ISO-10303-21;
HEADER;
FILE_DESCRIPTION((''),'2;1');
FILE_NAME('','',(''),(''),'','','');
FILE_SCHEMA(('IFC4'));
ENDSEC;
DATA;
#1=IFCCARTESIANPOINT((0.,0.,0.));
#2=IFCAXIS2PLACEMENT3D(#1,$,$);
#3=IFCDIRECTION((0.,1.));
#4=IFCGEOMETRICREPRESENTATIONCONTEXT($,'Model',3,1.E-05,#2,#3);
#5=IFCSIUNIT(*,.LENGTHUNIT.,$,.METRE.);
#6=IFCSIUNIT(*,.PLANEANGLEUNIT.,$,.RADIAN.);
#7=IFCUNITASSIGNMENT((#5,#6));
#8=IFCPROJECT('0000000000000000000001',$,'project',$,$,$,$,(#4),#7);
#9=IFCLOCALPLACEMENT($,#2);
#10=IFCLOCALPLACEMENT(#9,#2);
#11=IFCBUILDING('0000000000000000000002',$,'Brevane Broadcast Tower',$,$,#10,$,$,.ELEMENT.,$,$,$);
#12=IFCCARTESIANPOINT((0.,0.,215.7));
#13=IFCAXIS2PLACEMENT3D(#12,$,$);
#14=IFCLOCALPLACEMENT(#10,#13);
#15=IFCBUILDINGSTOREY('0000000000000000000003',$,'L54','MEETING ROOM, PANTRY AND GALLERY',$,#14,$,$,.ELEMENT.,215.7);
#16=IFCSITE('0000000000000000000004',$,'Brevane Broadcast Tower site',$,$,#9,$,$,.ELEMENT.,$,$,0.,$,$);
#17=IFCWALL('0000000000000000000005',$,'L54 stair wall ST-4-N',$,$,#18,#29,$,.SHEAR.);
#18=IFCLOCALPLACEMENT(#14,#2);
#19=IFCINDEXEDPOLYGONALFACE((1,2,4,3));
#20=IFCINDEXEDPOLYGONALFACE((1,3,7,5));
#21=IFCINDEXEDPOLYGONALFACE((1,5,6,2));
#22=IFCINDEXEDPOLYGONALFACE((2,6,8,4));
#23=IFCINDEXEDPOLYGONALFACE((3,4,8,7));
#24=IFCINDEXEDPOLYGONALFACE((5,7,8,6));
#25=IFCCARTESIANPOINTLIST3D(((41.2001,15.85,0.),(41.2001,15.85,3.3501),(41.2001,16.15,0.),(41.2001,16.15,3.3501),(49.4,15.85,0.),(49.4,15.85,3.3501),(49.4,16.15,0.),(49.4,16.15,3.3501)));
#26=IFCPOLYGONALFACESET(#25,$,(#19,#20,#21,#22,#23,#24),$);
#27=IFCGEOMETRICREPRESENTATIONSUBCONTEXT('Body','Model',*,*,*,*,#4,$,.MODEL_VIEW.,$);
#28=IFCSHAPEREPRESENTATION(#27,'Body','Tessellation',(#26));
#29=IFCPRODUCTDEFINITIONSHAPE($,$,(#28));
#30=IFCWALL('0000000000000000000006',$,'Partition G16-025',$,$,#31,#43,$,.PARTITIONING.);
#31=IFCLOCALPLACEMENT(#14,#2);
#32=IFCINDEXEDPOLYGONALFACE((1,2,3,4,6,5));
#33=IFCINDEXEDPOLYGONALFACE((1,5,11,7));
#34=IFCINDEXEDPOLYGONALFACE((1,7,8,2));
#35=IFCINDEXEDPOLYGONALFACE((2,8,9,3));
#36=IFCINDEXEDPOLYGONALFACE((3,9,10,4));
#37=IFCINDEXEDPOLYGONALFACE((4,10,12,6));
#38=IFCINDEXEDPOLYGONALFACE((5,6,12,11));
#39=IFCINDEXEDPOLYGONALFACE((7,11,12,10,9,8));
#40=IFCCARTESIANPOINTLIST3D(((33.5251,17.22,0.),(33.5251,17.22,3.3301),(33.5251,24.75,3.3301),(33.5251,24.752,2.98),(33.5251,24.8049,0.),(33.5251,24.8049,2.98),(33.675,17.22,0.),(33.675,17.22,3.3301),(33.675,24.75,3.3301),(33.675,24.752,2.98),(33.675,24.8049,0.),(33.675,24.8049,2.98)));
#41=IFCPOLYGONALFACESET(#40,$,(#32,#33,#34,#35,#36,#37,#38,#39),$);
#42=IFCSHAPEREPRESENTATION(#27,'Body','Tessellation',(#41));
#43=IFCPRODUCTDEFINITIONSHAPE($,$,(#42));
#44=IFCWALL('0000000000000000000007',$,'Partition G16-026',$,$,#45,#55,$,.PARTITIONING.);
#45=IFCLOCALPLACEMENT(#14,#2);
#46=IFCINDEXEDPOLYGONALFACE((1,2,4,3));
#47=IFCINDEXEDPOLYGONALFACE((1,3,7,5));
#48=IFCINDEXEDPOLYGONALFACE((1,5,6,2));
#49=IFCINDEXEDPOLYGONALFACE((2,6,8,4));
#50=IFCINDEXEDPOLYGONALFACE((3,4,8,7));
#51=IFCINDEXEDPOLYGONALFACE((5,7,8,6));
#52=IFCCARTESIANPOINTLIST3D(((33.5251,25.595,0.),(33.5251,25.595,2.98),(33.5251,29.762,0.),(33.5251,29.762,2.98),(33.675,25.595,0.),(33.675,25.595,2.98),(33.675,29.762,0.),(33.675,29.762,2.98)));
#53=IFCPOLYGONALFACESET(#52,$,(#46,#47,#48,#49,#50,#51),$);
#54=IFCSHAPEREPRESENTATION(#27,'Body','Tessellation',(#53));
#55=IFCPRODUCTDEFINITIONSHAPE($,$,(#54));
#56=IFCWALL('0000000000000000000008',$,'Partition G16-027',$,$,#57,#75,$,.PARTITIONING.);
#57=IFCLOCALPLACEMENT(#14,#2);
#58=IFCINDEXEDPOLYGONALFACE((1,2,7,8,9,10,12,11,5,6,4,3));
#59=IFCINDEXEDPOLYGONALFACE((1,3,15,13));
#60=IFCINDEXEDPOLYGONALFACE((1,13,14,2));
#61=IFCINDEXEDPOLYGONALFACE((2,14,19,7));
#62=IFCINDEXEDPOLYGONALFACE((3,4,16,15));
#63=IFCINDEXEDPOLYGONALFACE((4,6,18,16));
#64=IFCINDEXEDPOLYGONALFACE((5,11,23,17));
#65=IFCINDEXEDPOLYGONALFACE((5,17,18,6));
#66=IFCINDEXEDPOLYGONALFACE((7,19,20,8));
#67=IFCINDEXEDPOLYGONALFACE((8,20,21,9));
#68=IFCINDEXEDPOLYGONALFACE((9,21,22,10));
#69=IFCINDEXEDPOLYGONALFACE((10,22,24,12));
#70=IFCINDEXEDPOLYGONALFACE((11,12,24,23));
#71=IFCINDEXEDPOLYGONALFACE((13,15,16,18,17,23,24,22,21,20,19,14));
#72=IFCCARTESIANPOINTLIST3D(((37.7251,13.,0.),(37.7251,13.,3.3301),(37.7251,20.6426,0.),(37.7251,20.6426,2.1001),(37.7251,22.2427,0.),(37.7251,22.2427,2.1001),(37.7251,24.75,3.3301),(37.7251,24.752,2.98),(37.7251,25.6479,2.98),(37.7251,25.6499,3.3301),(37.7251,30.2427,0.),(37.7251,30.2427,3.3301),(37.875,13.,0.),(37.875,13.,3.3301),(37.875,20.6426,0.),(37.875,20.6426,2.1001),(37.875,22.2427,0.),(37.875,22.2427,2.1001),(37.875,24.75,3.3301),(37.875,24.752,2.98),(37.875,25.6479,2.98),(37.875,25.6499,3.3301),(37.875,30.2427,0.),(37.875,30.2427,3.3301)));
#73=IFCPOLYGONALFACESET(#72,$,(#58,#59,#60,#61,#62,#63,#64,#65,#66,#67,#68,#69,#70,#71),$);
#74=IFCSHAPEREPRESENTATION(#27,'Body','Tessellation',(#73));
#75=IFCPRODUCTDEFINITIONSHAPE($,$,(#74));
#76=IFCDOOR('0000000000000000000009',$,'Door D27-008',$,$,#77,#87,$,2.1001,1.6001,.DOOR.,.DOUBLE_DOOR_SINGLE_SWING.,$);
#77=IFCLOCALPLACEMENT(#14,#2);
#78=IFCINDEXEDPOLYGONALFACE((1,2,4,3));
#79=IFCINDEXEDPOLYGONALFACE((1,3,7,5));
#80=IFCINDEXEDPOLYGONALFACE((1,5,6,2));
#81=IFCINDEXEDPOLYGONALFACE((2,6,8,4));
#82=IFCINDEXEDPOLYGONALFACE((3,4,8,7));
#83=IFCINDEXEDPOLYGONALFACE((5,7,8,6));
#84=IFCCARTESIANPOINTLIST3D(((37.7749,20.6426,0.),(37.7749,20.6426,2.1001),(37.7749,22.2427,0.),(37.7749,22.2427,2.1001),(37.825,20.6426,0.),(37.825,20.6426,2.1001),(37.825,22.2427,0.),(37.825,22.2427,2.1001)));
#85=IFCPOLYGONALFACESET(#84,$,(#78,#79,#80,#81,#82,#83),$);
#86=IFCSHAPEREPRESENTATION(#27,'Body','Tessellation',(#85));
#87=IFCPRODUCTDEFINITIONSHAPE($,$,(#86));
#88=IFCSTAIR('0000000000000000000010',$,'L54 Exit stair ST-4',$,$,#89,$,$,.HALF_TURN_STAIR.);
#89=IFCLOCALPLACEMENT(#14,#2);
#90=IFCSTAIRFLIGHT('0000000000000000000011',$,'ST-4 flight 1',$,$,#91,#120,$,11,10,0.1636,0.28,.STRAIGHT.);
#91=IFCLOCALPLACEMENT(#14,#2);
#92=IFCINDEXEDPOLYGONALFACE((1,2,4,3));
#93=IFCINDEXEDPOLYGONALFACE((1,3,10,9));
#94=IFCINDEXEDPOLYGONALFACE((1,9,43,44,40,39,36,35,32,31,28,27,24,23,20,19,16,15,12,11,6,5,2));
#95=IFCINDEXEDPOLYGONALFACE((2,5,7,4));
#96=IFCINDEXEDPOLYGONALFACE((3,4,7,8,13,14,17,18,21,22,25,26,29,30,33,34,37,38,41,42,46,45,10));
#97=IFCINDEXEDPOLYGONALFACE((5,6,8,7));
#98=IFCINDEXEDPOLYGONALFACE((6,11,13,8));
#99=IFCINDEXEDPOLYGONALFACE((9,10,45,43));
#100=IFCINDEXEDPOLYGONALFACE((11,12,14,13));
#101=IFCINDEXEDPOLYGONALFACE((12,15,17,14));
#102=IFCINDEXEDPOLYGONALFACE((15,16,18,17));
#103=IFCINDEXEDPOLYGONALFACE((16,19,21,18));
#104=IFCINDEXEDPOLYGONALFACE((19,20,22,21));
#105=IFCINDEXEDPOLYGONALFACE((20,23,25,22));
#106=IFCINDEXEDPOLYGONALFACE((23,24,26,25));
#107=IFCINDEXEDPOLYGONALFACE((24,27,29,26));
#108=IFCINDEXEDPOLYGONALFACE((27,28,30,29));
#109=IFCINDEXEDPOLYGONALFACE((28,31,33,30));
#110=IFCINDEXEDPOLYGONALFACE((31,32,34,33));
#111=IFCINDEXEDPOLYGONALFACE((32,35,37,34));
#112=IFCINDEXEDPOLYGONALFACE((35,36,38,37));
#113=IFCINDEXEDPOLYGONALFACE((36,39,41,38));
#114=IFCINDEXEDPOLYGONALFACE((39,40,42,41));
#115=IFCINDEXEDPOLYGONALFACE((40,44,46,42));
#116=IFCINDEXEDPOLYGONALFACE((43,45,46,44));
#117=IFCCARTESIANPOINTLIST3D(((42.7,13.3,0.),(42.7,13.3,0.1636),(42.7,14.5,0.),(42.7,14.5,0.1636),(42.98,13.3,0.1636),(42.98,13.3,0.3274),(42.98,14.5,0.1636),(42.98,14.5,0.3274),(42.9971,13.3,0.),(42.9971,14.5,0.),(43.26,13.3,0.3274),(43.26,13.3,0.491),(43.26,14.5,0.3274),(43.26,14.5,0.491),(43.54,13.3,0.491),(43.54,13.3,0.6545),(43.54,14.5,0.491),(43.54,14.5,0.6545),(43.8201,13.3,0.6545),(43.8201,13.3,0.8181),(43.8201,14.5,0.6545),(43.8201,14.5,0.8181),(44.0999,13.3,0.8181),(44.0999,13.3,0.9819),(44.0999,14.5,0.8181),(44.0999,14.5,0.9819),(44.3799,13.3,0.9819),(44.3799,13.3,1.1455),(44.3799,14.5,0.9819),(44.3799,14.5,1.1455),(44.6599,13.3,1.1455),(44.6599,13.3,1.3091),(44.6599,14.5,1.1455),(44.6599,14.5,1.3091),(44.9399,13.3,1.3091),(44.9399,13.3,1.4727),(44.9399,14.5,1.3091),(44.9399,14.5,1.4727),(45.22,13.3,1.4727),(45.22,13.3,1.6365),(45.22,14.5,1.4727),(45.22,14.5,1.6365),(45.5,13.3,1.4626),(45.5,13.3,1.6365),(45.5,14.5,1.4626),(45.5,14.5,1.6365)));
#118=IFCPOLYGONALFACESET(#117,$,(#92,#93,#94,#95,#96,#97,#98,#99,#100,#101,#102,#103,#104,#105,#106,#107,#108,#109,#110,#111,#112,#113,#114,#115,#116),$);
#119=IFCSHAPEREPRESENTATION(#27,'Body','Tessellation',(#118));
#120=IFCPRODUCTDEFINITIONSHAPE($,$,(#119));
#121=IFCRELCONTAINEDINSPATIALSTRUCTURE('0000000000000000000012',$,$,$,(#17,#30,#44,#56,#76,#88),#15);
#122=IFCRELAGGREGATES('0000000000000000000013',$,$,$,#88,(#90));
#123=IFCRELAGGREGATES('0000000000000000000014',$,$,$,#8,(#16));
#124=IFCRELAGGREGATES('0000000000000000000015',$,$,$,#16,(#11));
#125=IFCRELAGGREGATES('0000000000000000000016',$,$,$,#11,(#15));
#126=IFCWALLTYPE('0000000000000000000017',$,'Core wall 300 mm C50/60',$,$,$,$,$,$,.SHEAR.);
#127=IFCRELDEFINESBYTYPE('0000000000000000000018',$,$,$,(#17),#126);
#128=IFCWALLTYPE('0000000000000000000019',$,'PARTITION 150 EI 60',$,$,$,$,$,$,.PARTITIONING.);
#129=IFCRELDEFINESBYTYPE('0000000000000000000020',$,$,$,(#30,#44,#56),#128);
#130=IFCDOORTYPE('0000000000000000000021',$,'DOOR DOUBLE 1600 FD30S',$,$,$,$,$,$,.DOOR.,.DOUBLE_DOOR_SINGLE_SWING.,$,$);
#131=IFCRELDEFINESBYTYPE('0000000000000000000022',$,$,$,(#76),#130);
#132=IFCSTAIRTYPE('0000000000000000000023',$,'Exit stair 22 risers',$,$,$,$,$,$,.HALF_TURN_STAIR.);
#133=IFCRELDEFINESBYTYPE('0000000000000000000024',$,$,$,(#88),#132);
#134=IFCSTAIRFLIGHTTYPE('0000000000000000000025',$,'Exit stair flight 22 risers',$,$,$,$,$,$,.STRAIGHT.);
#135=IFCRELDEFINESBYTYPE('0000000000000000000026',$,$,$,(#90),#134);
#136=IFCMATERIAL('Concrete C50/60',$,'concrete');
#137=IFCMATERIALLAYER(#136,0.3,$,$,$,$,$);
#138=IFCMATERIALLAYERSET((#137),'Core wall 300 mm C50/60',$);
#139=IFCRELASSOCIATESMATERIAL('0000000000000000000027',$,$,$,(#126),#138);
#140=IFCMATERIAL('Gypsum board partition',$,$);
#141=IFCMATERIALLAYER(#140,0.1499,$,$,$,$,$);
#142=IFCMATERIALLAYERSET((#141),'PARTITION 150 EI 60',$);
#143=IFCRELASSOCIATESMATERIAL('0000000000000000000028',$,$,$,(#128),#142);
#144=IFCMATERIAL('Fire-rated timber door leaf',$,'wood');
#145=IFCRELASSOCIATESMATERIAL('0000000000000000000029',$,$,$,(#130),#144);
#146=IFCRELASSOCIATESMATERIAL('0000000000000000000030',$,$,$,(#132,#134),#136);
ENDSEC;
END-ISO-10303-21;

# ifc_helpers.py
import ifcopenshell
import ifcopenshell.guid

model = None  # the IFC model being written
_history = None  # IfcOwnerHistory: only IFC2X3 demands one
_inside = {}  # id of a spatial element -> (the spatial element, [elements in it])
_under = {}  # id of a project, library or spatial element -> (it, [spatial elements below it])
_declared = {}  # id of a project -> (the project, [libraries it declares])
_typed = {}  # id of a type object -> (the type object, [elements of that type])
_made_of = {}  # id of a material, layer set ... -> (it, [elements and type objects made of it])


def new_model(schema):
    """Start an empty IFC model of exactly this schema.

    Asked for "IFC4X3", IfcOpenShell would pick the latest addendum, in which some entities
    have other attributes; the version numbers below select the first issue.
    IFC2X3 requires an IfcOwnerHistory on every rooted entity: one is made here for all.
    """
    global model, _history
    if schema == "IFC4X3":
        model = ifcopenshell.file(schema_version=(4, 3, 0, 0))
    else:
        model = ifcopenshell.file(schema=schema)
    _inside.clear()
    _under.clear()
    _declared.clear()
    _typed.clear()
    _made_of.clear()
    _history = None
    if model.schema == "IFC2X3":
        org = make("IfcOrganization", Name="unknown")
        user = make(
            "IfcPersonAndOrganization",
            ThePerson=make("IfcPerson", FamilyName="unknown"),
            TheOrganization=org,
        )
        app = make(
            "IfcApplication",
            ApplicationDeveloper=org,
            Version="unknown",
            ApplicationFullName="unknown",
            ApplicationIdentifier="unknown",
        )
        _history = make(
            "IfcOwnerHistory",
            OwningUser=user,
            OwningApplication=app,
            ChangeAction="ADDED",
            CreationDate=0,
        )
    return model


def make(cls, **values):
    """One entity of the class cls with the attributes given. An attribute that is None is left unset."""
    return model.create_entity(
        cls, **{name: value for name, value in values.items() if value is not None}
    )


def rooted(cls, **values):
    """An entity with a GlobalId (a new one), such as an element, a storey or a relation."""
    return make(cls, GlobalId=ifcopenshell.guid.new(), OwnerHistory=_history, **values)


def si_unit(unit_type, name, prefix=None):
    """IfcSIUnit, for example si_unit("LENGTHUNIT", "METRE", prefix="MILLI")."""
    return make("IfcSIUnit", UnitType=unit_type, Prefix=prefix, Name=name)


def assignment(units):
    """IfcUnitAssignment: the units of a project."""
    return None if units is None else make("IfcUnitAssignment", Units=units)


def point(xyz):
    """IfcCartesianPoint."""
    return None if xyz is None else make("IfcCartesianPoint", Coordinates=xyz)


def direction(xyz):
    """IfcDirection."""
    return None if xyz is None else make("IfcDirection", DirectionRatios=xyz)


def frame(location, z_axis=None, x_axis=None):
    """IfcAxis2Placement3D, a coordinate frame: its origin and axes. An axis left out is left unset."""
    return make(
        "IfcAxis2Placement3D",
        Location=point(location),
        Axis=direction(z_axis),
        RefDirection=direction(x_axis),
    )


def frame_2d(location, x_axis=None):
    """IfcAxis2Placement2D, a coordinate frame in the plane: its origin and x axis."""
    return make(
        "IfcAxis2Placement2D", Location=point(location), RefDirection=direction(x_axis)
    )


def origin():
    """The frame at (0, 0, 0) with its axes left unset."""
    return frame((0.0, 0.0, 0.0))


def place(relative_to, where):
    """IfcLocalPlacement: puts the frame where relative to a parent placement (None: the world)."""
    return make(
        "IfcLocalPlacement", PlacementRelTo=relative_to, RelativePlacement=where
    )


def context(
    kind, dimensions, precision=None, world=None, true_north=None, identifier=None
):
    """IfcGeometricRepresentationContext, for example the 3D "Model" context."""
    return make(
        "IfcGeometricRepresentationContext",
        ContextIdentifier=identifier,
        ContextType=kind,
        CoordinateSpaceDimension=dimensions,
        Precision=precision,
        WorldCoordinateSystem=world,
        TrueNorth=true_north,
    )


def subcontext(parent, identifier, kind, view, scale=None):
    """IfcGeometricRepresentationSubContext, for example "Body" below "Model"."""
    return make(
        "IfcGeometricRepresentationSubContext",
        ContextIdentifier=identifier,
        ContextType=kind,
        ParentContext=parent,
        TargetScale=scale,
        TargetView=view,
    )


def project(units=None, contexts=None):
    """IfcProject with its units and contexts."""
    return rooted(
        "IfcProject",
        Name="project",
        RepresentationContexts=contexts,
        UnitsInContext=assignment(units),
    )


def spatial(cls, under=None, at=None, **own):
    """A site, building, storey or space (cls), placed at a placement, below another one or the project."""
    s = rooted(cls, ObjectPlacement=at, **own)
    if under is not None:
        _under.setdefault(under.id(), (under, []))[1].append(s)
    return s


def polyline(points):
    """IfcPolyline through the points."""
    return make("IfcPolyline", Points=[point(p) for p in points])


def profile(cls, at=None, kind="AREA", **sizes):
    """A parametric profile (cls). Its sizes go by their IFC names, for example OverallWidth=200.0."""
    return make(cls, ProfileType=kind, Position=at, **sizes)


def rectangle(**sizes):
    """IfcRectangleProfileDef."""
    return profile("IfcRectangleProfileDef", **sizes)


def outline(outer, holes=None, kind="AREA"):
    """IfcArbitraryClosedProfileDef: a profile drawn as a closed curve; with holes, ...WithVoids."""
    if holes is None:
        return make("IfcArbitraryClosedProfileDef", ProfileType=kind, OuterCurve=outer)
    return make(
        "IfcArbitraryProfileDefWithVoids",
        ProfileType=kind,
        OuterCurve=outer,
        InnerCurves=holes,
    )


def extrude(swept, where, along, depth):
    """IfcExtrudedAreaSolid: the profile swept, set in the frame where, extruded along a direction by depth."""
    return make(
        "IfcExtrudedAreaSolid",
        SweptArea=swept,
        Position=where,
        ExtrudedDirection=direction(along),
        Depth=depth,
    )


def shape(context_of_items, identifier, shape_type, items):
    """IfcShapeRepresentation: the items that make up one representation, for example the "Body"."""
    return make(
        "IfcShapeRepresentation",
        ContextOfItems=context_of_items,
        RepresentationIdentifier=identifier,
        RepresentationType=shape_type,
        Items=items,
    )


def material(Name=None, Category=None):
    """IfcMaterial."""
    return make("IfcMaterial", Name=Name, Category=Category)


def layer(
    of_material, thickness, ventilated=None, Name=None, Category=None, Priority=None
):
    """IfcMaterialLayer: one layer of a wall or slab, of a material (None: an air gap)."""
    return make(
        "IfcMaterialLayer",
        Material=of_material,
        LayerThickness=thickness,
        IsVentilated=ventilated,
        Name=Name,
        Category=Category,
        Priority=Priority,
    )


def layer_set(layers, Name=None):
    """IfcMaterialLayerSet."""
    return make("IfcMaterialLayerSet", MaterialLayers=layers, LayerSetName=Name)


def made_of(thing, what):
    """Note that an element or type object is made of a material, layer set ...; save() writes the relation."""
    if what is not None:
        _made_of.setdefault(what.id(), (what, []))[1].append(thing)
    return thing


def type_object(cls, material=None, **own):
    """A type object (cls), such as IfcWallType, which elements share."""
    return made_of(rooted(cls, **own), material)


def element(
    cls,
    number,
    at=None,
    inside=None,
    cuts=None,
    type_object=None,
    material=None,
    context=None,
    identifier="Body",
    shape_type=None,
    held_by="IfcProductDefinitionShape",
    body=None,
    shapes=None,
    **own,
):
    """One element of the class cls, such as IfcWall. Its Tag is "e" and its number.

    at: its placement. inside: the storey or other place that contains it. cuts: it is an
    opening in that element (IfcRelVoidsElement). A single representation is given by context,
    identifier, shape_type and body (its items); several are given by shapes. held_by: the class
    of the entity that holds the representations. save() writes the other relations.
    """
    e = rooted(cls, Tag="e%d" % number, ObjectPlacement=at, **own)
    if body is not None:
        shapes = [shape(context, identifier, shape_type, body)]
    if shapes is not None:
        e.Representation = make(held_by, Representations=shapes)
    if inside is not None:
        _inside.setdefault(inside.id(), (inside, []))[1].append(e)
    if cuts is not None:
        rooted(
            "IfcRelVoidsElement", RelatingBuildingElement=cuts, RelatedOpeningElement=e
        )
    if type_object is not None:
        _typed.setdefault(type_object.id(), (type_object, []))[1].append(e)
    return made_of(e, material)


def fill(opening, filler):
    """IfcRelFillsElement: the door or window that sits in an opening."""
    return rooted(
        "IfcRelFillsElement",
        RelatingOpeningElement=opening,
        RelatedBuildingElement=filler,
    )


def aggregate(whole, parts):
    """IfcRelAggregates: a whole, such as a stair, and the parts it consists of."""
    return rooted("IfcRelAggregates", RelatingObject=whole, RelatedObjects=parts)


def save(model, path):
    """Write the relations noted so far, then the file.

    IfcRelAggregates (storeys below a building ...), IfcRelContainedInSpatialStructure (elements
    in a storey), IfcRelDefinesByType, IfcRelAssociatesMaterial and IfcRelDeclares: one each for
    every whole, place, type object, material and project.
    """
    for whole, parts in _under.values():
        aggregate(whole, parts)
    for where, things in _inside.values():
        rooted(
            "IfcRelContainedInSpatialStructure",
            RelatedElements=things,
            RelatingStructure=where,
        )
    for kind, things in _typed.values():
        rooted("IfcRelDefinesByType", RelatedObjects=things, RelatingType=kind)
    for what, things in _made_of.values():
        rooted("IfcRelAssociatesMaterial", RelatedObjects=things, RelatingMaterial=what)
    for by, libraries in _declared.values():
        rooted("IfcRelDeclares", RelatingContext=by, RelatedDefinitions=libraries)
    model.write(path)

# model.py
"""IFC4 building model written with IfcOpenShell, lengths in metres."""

from ifc_helpers import new_model, si_unit, direction, frame, frame_2d, origin, place, context, subcontext, project, spatial, polyline, rectangle, outline, extrude, material, layer, layer_set, type_object, element, fill, aggregate, save


model = new_model("IFC4")

# Units and contexts
model_context = context("Model", 3, precision=1e-05, world=origin(), true_north=direction((0.0, 1.0)))
body_context = subcontext(model_context, "Body", "Model", "MODEL_VIEW")
ifc_project = project(units=[si_unit("LENGTHUNIT", "METRE"), si_unit("PLANEANGLEUNIT", "RADIAN")], contexts=[model_context])

# Site, building, storey
site_placement = place(None, origin())
site = spatial("IfcSite", under=ifc_project, at=site_placement, Name="Brevane Broadcast Tower site", CompositionType="ELEMENT", RefElevation=0.0)
building_placement = place(site_placement, origin())
building = spatial("IfcBuilding", under=site, at=building_placement, Name="Brevane Broadcast Tower", CompositionType="ELEMENT")
storey_placement = place(building_placement, frame((0.0, 0.0, 215.7)))
storey = spatial("IfcBuildingStorey", under=building, at=storey_placement, Name="L54", Description="MEETING ROOM, PANTRY AND GALLERY", CompositionType="ELEMENT", Elevation=215.7)

# Shared definitions
ifc_material_1 = material(Name="Concrete C50/60", Category="concrete")

# Walls
ifc_layer_1 = layer(ifc_material_1, 0.3)
ifc_layer_set_1 = layer_set([ifc_layer_1], Name="Core wall 300 mm C50/60")
wall_type_1 = type_object("IfcWallType", Name="Core wall 300 mm C50/60", PredefinedType="SHEAR", material=ifc_layer_set_1)
wall_1_placement = place(storey_placement, frame((41.2, 16.0, 0.0), z_axis=(0.0, 0.0, 1.0), x_axis=(1.0, 0.0, 0.0)))
element("IfcWall", 1, at=wall_1_placement, inside=storey, type_object=wall_type_1, Name="L54 stair wall ST-4-N", PredefinedType="SHEAR", context=body_context, shape_type="SweptSolid", body=[
    extrude(rectangle(XDim=8.2, YDim=0.3, at=frame_2d((4.1001, 0.0))), origin(), (0.0, 0.0, 1.0), 3.3501),
])
ifc_material_2 = material(Name="Gypsum board partition")
ifc_layer_2 = layer(ifc_material_2, 0.1499)
ifc_layer_set_2 = layer_set([ifc_layer_2], Name="PARTITION 150 EI 60")
wall_type_2 = type_object("IfcWallType", Name="PARTITION 150 EI 60", PredefinedType="PARTITIONING", material=ifc_layer_set_2)
wall_2_placement = place(storey_placement, frame((33.6001, 17.22, 0.0), z_axis=(0.0, 0.0, 1.0), x_axis=(0.0, 1.0, 0.0)))
element("IfcWall", 2, at=wall_2_placement, inside=storey, type_object=wall_type_2, Name="Partition G16-025", PredefinedType="PARTITIONING", context=body_context, shape_type="SweptSolid", body=[
    extrude(outline(polyline([(0.0, 0.0), (7.585, 0.0), (7.585, 2.98), (7.532, 2.98), (7.53, 3.3301), (0.0, 3.3301), (0.0, 0.0)])), frame((0.0, 0.075, 0.0), z_axis=(0.0, -1.0, 0.0), x_axis=(1.0, 0.0, 0.0)), (0.0, 0.0, 1.0), 0.1499),
])
wall_3_placement = place(storey_placement, frame((33.6001, 25.595, 0.0), z_axis=(0.0, 0.0, 1.0), x_axis=(0.0, 1.0, 0.0)))
element("IfcWall", 3, at=wall_3_placement, inside=storey, type_object=wall_type_2, Name="Partition G16-026", PredefinedType="PARTITIONING", context=body_context, shape_type="SweptSolid", body=[
    extrude(rectangle(XDim=4.167, YDim=0.1499, at=frame_2d((2.0835, 0.0))), origin(), (0.0, 0.0, 1.0), 2.98),
])

# Wall, opening, door
wall_4_placement = place(storey_placement, frame((37.8, 30.2427, 0.0), z_axis=(0.0, 0.0, 1.0), x_axis=(0.0, -1.0, 0.0)))
wall_4 = element("IfcWall", 4, at=wall_4_placement, inside=storey, type_object=wall_type_2, Name="Partition G16-027", PredefinedType="PARTITIONING", context=body_context, shape_type="SweptSolid", body=[
    extrude(outline(polyline([(0.0, 0.0), (17.2427, 0.0), (17.2427, 3.3301), (5.4927, 3.3301), (5.4907, 2.98), (4.5947, 2.98), (4.5928, 3.3301), (0.0, 3.3301), (0.0, 0.0)])), frame((0.0, 0.075, 0.0), z_axis=(0.0, -1.0, 0.0), x_axis=(1.0, 0.0, 0.0)), (0.0, 0.0, 1.0), 0.1499),
])
opening_placement = place(wall_4_placement, frame((8.0, 0.0, 0.0)))
opening = element("IfcOpeningElement", 5, at=opening_placement, cuts=wall_4, PredefinedType="OPENING", context=body_context, shape_type="SweptSolid", body=[
    extrude(rectangle(XDim=1.6001, YDim=2.1001, at=frame_2d((0.8, 1.05))), frame((0.0, 0.085, 0.0), z_axis=(0.0, -1.0, 0.0), x_axis=(1.0, 0.0, 0.0)), (0.0, 0.0, 1.0), 0.1699),
])
ifc_material_3 = material(Name="Fire-rated timber door leaf", Category="wood")
door_type = type_object("IfcDoorType", Name="DOOR DOUBLE 1600 FD30S", OperationType="DOUBLE_DOOR_SINGLE_SWING", PredefinedType="DOOR", material=ifc_material_3)
door_placement = place(opening_placement, origin())
door = element("IfcDoor", 6, at=door_placement, inside=storey, type_object=door_type, Name="Door D27-008", OperationType="DOUBLE_DOOR_SINGLE_SWING", OverallHeight=2.1001, OverallWidth=1.6001, PredefinedType="DOOR", context=body_context, shape_type="SweptSolid", body=[
    extrude(rectangle(XDim=1.6001, YDim=2.1001, at=frame_2d((0.8, 1.05))), frame((0.0, 0.0249, 0.0), z_axis=(0.0, -1.0, 0.0), x_axis=(1.0, 0.0, 0.0)), (0.0, 0.0, 1.0), 0.05),
])
fill(opening, door)

# Stair, stair flight
stair_type = type_object("IfcStairType", Name="Exit stair 22 risers", PredefinedType="HALF_TURN_STAIR", material=ifc_material_1)
stair_placement = place(storey_placement, origin())
stair = element("IfcStair", 7, at=stair_placement, inside=storey, type_object=stair_type, Name="L54 Exit stair ST-4", PredefinedType="HALF_TURN_STAIR")
stair_flight_type = type_object("IfcStairFlightType", Name="Exit stair flight 22 risers", PredefinedType="STRAIGHT", material=ifc_material_1)
stair_flight_placement = place(storey_placement, frame((42.7, 13.8999, 0.0), z_axis=(0.0, 0.0, 1.0), x_axis=(1.0, 0.0, 0.0)))
stair_flight = element("IfcStairFlight", 8, at=stair_flight_placement, type_object=stair_flight_type, Name="ST-4 flight 1", NumberOfRisers=11, NumberOfTreads=10, PredefinedType="STRAIGHT", RiserHeight=0.1636, TreadLength=0.28, context=body_context, shape_type="SweptSolid", body=[
    extrude(outline(polyline([(0.0, 0.0), (0.0, 0.1636), (0.28, 0.1636), (0.28, 0.3274), (0.5601, 0.3274), (0.5601, 0.491), (0.8401, 0.491), (0.8401, 0.6545), (1.1201, 0.6545), (1.1201, 0.8181), (1.3999, 0.8181), (1.3999, 0.9819), (1.6799, 0.9819), (1.6799, 1.1455), (1.96, 1.1455), (1.96, 1.3091), (2.24, 1.3091), (2.24, 1.4727), (2.52, 1.4727), (2.52, 1.6365), (2.8, 1.6365), (2.8, 1.8), (2.8, 1.4626), (0.2971, 0.0), (0.0, 0.0)])), frame((0.0, 0.6001, 0.0), z_axis=(0.0, -1.0, 0.0), x_axis=(1.0, 0.0, 0.0)), (0.0, 0.0, 1.0), 1.2),
])
aggregate(stair, [stair_flight])

save(model, "model.ifc")
